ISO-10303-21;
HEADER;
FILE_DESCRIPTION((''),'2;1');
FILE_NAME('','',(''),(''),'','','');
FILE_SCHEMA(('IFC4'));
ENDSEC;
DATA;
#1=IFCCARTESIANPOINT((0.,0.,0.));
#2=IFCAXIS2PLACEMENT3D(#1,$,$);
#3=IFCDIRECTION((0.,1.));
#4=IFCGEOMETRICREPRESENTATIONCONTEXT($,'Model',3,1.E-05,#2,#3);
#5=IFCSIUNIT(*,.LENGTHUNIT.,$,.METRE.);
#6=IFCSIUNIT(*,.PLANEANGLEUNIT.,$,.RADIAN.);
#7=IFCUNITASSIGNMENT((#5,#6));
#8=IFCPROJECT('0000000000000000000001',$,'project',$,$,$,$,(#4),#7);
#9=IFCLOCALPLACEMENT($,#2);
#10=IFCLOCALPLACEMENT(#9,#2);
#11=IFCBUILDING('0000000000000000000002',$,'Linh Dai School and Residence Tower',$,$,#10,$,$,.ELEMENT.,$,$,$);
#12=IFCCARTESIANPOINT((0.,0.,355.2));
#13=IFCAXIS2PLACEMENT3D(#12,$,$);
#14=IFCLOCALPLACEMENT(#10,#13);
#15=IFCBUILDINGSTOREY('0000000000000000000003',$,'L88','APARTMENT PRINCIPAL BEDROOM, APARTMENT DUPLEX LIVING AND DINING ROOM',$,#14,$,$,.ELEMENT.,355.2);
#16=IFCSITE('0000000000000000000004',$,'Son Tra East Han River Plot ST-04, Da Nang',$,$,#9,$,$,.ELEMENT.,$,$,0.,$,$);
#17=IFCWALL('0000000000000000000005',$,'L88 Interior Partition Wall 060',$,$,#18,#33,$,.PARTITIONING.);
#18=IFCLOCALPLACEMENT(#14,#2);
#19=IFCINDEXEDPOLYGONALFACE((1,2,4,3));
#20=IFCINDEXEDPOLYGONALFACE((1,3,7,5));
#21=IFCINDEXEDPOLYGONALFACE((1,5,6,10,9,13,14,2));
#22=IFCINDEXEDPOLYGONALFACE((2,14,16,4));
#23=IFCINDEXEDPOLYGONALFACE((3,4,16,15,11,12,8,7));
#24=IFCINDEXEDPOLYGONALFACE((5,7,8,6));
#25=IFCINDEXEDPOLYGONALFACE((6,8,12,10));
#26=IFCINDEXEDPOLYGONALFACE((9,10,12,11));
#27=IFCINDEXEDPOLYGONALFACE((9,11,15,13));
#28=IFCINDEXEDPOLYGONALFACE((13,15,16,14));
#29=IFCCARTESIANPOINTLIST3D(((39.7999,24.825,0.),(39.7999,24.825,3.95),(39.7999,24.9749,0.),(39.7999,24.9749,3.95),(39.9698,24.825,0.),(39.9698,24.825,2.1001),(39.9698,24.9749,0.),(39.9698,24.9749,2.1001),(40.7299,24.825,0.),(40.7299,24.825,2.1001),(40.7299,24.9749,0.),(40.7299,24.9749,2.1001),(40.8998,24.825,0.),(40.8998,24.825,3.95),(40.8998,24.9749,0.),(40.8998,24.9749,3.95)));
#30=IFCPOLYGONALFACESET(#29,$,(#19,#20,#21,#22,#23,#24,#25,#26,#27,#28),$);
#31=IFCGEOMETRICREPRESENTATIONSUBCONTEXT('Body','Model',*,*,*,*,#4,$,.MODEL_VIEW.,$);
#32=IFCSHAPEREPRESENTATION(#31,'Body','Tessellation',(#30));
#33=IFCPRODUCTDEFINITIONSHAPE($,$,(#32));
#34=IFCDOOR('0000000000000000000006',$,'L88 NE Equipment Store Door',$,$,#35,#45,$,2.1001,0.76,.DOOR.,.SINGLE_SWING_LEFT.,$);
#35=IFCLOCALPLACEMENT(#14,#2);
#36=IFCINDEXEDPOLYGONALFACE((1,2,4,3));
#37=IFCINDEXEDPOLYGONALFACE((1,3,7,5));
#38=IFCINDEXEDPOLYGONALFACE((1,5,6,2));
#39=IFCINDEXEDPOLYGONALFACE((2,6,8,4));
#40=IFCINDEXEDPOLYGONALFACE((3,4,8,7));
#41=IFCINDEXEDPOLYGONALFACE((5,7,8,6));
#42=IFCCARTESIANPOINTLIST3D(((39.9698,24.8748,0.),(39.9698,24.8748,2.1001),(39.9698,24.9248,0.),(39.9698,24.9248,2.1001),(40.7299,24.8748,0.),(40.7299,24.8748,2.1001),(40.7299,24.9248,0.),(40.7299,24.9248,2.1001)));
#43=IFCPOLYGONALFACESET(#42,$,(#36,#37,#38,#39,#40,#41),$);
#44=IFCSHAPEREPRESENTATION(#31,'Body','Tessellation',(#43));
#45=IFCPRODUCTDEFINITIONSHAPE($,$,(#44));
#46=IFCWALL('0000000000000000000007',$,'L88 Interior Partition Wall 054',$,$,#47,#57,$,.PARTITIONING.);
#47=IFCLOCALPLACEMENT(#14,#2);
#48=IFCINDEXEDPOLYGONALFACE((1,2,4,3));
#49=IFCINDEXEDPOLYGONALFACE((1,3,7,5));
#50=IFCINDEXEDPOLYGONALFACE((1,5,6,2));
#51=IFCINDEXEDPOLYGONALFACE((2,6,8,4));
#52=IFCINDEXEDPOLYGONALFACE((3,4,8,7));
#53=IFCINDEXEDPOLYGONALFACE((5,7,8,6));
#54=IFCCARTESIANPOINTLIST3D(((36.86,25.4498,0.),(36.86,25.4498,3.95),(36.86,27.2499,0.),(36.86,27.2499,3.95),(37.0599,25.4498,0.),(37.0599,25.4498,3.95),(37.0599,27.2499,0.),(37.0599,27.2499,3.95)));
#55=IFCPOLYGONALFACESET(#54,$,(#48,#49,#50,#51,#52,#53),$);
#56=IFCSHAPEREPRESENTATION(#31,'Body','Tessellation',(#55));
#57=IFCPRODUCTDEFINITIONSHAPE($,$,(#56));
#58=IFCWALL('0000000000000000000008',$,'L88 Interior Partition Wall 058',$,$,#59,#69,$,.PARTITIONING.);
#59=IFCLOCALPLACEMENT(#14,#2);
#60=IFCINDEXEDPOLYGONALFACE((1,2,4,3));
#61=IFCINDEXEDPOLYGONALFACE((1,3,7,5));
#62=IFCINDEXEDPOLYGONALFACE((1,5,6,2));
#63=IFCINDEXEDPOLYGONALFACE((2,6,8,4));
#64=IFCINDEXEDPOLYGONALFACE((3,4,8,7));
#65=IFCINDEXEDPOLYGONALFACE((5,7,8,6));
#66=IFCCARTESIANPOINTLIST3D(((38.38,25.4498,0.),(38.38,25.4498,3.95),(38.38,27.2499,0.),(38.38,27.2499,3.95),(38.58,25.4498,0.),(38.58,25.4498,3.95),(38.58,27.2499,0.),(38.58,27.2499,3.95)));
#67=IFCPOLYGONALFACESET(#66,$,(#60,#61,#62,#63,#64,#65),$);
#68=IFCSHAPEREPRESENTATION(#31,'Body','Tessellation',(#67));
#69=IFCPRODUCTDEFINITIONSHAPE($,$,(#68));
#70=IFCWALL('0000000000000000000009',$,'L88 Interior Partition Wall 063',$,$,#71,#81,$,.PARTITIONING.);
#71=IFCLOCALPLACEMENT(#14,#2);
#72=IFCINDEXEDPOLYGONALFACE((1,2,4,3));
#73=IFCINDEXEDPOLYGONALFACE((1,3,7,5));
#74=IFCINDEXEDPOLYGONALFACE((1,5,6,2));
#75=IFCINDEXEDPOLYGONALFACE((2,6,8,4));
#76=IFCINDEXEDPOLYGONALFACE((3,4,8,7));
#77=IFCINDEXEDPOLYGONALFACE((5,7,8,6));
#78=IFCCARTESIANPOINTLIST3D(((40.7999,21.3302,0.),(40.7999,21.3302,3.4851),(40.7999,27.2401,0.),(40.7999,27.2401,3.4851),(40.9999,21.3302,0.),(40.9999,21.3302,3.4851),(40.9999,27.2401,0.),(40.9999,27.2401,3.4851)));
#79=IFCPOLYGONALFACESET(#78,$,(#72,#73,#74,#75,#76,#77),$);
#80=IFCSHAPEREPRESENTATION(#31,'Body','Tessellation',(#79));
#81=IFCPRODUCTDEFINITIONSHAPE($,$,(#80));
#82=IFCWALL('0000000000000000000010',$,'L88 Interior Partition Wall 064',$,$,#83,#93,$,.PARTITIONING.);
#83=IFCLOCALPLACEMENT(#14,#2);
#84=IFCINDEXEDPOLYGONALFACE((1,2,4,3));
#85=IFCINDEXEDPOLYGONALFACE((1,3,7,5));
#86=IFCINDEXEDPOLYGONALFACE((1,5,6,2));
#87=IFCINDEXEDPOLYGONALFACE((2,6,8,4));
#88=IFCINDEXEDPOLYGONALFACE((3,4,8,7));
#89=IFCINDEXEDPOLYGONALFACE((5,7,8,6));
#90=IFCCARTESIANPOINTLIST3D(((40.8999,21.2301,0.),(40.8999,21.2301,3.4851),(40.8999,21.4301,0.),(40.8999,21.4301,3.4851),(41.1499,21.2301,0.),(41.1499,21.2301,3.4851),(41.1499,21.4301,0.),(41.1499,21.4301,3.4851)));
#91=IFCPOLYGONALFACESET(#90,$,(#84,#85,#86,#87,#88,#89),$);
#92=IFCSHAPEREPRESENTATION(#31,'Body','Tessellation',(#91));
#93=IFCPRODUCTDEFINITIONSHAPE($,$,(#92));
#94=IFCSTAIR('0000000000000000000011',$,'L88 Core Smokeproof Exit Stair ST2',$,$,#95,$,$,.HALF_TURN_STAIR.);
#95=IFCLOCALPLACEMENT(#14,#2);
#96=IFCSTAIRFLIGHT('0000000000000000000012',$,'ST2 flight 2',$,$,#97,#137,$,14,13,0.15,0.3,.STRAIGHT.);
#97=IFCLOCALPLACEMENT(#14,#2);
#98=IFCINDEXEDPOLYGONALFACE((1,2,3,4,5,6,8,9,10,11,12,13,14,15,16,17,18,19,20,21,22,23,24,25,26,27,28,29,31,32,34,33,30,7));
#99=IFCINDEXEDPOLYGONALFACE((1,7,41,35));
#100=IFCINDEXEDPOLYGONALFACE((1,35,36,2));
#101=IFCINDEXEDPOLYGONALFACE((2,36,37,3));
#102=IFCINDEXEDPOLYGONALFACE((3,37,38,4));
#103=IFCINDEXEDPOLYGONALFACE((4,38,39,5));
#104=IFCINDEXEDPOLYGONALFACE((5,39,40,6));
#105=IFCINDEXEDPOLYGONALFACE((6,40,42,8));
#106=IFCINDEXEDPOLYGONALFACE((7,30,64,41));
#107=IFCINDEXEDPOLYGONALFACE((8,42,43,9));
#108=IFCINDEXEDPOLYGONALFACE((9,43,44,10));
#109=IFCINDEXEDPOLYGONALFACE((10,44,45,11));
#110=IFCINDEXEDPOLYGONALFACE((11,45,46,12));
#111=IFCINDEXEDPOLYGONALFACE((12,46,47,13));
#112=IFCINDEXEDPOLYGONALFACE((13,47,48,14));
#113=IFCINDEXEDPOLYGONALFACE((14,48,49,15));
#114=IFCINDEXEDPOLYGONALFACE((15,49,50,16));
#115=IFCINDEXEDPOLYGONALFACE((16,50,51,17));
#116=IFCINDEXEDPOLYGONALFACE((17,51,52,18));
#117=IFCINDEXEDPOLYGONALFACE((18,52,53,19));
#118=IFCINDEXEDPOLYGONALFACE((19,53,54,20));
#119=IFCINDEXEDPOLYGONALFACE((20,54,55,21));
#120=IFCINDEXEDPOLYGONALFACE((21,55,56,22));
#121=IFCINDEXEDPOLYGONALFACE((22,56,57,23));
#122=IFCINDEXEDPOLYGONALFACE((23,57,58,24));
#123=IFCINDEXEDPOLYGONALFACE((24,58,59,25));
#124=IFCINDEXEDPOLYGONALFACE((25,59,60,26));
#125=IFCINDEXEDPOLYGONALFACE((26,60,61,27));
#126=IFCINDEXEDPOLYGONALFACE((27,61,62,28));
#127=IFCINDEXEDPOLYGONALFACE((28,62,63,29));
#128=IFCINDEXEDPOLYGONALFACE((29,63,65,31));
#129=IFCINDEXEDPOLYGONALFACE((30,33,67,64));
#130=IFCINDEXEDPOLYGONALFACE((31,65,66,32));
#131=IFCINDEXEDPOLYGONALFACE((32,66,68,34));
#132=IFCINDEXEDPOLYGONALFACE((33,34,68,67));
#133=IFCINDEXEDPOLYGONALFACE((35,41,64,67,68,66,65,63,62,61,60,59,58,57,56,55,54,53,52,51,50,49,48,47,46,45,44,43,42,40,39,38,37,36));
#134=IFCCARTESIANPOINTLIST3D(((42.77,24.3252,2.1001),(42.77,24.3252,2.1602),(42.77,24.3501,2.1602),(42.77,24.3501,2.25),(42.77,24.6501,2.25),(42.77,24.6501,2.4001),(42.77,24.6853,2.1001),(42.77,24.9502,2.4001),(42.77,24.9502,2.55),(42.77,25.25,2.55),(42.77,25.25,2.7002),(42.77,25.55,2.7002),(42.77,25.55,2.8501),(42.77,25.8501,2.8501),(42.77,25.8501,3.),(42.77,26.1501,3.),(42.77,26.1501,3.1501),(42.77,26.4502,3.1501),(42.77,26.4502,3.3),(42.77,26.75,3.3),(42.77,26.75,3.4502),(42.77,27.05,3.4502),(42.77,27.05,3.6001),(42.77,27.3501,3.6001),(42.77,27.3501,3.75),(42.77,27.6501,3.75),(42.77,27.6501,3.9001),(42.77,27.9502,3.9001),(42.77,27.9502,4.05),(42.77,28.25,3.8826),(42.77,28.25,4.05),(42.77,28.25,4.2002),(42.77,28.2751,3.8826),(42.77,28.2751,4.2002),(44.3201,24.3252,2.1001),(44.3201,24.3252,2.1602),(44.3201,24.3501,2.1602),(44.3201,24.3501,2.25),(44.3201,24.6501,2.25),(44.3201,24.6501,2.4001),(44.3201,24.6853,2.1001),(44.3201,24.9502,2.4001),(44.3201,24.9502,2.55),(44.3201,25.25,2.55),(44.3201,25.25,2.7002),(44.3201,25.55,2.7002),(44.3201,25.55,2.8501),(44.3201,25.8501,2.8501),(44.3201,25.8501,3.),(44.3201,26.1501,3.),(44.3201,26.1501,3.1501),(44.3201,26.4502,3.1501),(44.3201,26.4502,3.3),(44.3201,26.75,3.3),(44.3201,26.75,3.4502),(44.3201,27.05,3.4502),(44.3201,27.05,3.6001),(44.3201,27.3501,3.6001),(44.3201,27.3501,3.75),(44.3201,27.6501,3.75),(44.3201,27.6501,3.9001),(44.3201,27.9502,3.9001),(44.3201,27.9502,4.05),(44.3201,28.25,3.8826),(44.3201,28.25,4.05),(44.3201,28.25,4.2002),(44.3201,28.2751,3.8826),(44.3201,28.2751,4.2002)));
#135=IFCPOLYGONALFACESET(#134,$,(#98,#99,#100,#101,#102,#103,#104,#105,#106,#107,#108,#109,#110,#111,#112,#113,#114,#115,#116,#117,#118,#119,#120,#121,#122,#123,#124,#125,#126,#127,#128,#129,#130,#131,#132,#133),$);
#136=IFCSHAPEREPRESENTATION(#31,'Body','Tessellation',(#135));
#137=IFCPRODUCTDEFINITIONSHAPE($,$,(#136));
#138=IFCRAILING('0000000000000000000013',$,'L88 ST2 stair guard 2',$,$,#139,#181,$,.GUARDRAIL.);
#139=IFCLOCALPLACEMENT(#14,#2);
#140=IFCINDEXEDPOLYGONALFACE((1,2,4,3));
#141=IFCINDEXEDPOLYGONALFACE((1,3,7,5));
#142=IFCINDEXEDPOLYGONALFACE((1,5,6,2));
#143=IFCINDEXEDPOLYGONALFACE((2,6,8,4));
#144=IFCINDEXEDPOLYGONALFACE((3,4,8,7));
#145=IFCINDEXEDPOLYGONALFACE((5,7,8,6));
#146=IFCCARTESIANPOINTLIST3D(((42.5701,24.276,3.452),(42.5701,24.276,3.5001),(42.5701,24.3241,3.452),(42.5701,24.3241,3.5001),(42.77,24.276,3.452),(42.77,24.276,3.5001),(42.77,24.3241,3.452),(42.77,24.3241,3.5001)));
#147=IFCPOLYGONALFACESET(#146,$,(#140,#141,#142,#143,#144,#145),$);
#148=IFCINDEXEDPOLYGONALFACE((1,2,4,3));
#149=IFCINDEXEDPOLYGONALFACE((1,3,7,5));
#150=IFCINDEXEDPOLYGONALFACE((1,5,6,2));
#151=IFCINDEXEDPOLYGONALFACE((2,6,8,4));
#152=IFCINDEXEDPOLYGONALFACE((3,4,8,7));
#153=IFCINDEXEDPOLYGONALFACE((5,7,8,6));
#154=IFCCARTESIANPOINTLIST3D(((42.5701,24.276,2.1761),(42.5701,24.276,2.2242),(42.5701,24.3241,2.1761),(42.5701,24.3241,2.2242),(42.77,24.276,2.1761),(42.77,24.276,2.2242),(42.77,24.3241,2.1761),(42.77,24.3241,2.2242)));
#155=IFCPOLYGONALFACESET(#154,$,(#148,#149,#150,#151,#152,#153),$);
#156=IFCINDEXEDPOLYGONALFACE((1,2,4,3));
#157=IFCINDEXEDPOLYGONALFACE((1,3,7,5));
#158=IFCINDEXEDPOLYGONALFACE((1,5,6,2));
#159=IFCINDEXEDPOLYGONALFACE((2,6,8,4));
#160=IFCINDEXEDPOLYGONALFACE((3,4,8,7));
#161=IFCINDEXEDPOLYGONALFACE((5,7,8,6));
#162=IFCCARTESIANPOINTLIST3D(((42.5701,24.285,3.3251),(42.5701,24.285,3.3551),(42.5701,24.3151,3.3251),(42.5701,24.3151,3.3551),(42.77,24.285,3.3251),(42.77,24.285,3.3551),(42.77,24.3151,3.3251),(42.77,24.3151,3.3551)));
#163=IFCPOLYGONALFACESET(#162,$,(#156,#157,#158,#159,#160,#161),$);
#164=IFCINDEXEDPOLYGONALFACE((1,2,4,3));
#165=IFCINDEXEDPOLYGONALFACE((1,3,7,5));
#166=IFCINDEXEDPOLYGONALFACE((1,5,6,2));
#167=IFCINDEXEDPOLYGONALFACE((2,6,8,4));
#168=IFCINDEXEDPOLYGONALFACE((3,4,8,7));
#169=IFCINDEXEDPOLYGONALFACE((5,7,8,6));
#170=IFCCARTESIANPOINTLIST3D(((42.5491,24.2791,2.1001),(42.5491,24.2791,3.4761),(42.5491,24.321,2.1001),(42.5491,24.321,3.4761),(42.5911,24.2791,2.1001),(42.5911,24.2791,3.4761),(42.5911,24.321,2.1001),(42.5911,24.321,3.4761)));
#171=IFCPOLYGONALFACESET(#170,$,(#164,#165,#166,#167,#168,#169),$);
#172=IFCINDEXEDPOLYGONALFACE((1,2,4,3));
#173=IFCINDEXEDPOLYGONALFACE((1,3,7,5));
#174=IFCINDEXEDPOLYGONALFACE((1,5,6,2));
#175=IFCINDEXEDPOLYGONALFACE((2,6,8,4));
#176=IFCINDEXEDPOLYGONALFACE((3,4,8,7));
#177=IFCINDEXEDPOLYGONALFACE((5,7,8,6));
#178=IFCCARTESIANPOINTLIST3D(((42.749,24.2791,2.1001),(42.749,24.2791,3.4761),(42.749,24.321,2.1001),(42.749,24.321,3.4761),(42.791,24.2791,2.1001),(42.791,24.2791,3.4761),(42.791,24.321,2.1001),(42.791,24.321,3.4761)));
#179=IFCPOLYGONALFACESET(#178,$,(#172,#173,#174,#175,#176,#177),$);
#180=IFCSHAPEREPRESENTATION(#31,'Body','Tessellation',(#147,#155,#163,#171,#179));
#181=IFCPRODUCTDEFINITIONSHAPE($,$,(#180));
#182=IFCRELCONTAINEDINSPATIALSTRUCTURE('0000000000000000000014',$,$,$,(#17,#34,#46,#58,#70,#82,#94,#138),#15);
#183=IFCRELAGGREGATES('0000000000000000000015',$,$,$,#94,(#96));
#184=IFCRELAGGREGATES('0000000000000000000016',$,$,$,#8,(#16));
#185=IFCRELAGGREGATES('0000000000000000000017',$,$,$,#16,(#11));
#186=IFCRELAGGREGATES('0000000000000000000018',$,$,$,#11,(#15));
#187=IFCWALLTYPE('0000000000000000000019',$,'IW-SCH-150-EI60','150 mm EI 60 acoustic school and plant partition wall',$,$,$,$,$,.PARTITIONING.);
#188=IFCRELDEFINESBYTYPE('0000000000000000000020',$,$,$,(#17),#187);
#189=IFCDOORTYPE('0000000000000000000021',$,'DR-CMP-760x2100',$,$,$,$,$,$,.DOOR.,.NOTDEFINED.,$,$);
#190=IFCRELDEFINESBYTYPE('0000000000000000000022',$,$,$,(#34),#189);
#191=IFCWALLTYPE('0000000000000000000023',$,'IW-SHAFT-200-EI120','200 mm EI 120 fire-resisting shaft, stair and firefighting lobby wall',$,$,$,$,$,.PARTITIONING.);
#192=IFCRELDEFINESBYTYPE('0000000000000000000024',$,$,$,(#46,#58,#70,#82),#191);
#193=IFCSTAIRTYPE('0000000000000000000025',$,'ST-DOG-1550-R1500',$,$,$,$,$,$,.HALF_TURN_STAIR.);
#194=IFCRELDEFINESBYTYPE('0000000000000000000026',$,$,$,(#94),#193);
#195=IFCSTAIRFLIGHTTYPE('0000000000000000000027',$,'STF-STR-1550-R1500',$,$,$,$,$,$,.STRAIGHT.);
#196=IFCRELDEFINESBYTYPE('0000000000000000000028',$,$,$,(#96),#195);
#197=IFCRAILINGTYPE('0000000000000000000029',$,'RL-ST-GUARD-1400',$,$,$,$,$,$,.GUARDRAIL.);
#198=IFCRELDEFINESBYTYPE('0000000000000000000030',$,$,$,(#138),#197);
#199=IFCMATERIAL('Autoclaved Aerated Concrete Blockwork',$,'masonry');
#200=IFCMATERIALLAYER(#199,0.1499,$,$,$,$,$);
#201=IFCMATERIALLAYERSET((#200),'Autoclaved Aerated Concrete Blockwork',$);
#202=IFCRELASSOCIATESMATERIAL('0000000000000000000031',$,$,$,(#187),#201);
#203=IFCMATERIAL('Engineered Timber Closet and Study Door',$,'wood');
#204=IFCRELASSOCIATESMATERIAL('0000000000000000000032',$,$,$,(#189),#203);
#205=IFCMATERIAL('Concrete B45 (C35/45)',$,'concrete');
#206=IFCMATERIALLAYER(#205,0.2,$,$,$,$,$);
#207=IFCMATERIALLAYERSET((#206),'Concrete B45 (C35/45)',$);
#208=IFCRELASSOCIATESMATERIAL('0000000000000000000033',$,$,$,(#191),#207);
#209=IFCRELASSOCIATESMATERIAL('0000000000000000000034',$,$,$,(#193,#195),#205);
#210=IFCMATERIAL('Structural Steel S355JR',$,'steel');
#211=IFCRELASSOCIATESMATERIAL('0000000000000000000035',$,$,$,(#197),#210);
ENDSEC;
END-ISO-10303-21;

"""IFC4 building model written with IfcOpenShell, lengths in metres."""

from ifc_helpers import new_model, si_unit, direction, frame, frame_2d, origin, origin_2d, place, context, subcontext, project, spatial, polyline, rectangle, outline, extrude, source, transform, mapped, material, layer, layer_set, type_object, element, fill, aggregate, save


model = new_model("IFC4")

# Units and contexts
model_context = context("Model", 3, precision=1e-05, world=origin(), true_north=direction((0.0, 1.0)))
body_context = subcontext(model_context, "Body", "Model", "MODEL_VIEW")
ifc_project = project(units=[si_unit("LENGTHUNIT", "METRE"), si_unit("PLANEANGLEUNIT", "RADIAN")], contexts=[model_context])

# Site, building, storey
site_placement = place(None, origin())
site = spatial("IfcSite", under=ifc_project, at=site_placement, Name="Son Tra East Han River Plot ST-04, Da Nang", CompositionType="ELEMENT", RefElevation=0.0)
building_placement = place(site_placement, origin())
building = spatial("IfcBuilding", under=site, at=building_placement, Name="Linh Dai School and Residence Tower", CompositionType="ELEMENT")
storey_placement = place(building_placement, frame((0.0, 0.0, 355.2)))
storey = spatial("IfcBuildingStorey", under=building, at=storey_placement, Name="L88", Description="APARTMENT PRINCIPAL BEDROOM, APARTMENT DUPLEX LIVING AND DINING ROOM", CompositionType="ELEMENT", Elevation=355.2)

# Shared definitions
ifc_material_1 = material(Name="Structural Steel S355JR", Category="steel")

# Shared definitions
ifc_material_2 = material(Name="Autoclaved Aerated Concrete Blockwork", Category="masonry")

# Wall, opening, door
ifc_layer_1 = layer(ifc_material_2, 0.1499)
ifc_layer_set_1 = layer_set([ifc_layer_1], Name="Autoclaved Aerated Concrete Blockwork")
wall_type_1 = type_object("IfcWallType", Name="IW-SCH-150-EI60", Description="150 mm EI 60 acoustic school and plant partition wall", PredefinedType="PARTITIONING", material=ifc_layer_set_1)
wall_1_placement = place(storey_placement, frame((39.8, 24.8999, 0.0), z_axis=(0.0, 0.0, 1.0), x_axis=(1.0, 0.0, 0.0)))
wall_1 = element("IfcWall", 1, at=wall_1_placement, inside=storey, type_object=wall_type_1, Name="L88 Interior Partition Wall 060", PredefinedType="PARTITIONING", context=body_context, shape_type="SweptSolid", body=[
    extrude(rectangle(XDim=1.0999, YDim=0.1499, at=frame_2d((0.5498, 0.0))), origin(), (0.0, 0.0, 1.0), 3.95),
])
opening_1_placement = place(wall_1_placement, frame((0.1699, 0.0, 0.0)))
opening_1 = element("IfcOpeningElement", 2, at=opening_1_placement, cuts=wall_1, PredefinedType="OPENING", context=body_context, shape_type="SweptSolid", body=[
    extrude(rectangle(XDim=0.76, YDim=2.1001, at=origin_2d()), frame((0.3799, 0.085, 1.05), z_axis=(0.0, -1.0, 0.0), x_axis=(1.0, 0.0, 0.0)), (0.0, 0.0, 1.0), 0.1699),
])
ifc_material_3 = material(Name="Engineered Timber Closet and Study Door", Category="wood")
door_type_1 = type_object("IfcDoorType", Name="DR-CMP-760x2100", OperationType="NOTDEFINED", PredefinedType="DOOR", material=ifc_material_3)
shared_shape_1 = source(origin(), body_context, "Body", "SweptSolid", [
    extrude(rectangle(XDim=0.76, YDim=2.1001, at=origin_2d()), frame((0.3799, 0.0249, 1.05), z_axis=(0.0, -1.0, 0.0), x_axis=(1.0, 0.0, 0.0)), (0.0, 0.0, 1.0), 0.05),
])
door_1_placement = place(opening_1_placement, origin())
door_1 = element("IfcDoor", 3, at=door_1_placement, inside=storey, type_object=door_type_1, Name="L88 NE Equipment Store Door", OperationType="SINGLE_SWING_LEFT", OverallHeight=2.1001, OverallWidth=0.76, PredefinedType="DOOR", context=body_context, shape_type="MappedRepresentation", body=[
    mapped(shared_shape_1, transform((0.0, 0.0, 0.0), x_axis=(1.0, 0.0, 0.0), y_axis=(0.0, 1.0, 0.0), z_axis=(0.0, 0.0, 1.0), scale=1.0)),
])
fill(opening_1, door_1)

# Shared definitions
ifc_material_4 = material(Name="Concrete B45 (C35/45)", Category="concrete")
ifc_layer_2 = layer(ifc_material_4, 0.2)
ifc_layer_set_2 = layer_set([ifc_layer_2], Name="Concrete B45 (C35/45)")
wall_type_2 = type_object("IfcWallType", Name="IW-SHAFT-200-EI120", Description="200 mm EI 120 fire-resisting shaft, stair and firefighting lobby wall", PredefinedType="PARTITIONING", material=ifc_layer_set_2)

# Walls
for number, where, z_axis, x_axis, name in (
    (4, (36.96, 25.45, 0.0), (0.0, 0.0, 1.0), (0.0, 1.0, 0.0), "L88 Interior Partition Wall 054"),
    (5, (38.48, 25.45, 0.0), (0.0, 0.0, 1.0), (0.0, 1.0, 0.0), "L88 Interior Partition Wall 058"),
):
    element("IfcWall", number, at=place(storey_placement, frame(where, z_axis=z_axis, x_axis=x_axis)), inside=storey, type_object=wall_type_2, Name=name, PredefinedType="PARTITIONING", context=body_context, shape_type="SweptSolid", body=[
        extrude(rectangle(XDim=1.8, YDim=0.2, at=frame_2d((0.8999, 0.0))), origin(), (0.0, 0.0, 1.0), 3.95),
    ])
wall_2_placement = place(storey_placement, frame((40.8999, 21.3301, 0.0), z_axis=(0.0, 0.0, 1.0), x_axis=(0.0, 1.0, 0.0)))
element("IfcWall", 6, at=wall_2_placement, inside=storey, type_object=wall_type_2, Name="L88 Interior Partition Wall 063", PredefinedType="PARTITIONING", context=body_context, shape_type="SweptSolid", body=[
    extrude(rectangle(XDim=5.9099, YDim=0.2, at=frame_2d((2.9551, 0.0))), origin(), (0.0, 0.0, 1.0), 3.4851),
])
wall_3_placement = place(storey_placement, frame((40.8999, 21.3301, 0.0), z_axis=(0.0, 0.0, 1.0), x_axis=(1.0, 0.0, 0.0)))
element("IfcWall", 7, at=wall_3_placement, inside=storey, type_object=wall_type_2, Name="L88 Interior Partition Wall 064", PredefinedType="PARTITIONING", context=body_context, shape_type="SweptSolid", body=[
    extrude(rectangle(XDim=0.25, YDim=0.2, at=frame_2d((0.125, 0.0))), origin(), (0.0, 0.0, 1.0), 3.4851),
])

# Stair, stair flight
stair_type = type_object("IfcStairType", Name="ST-DOG-1550-R1500", PredefinedType="HALF_TURN_STAIR", material=ifc_material_4)
stair_placement = place(storey_placement, origin())
stair = element("IfcStair", 8, at=stair_placement, inside=storey, type_object=stair_type, Name="L88 Core Smokeproof Exit Stair ST2", PredefinedType="HALF_TURN_STAIR")
stair_flight_type = type_object("IfcStairFlightType", Name="STF-STR-1550-R1500", PredefinedType="STRAIGHT", material=ifc_material_4)
shared_shape_2 = source(origin(), body_context, "Body", "SweptSolid", [
    extrude(outline(polyline([(-0.0249, 0.0), (-0.0249, 0.0601), (0.0, 0.0601), (0.0, 0.1499), (0.3, 0.1499), (0.3, 0.3), (0.6001, 0.3), (0.6001, 0.45), (0.8999, 0.45), (0.8999, 0.6001), (1.2, 0.6001), (1.2, 0.75), (1.5, 0.75), (1.5, 0.8999), (1.8, 0.8999), (1.8, 1.05), (2.1001, 1.05), (2.1001, 1.2), (2.3999, 1.2), (2.3999, 1.3501), (2.7, 1.3501), (2.7, 1.5), (3.0, 1.5), (3.0, 1.6499), (3.3, 1.6499), (3.3, 1.8), (3.6001, 1.8), (3.6001, 1.95), (3.8999, 1.95), (3.8999, 2.1001), (3.925, 2.1001), (3.925, 1.7825), (3.8999, 1.7825), (0.3352, 0.0), (-0.0249, 0.0)])), frame((0.0, 0.7749, 0.0), z_axis=(0.0, -1.0, 0.0), x_axis=(1.0, 0.0, 0.0)), (0.0, 0.0, 1.0), 1.55),
])
stair_flight_placement = place(storey_placement, frame((43.5449, 24.3501, 2.1001), z_axis=(0.0, 0.0, 1.0), x_axis=(0.0, 1.0, 0.0)))
stair_flight = element("IfcStairFlight", 9, at=stair_flight_placement, type_object=stair_flight_type, Name="ST2 flight 2", NumberOfRisers=14, NumberOfTreads=13, PredefinedType="STRAIGHT", RiserHeight=0.15, TreadLength=0.3, context=body_context, shape_type="MappedRepresentation", body=[
    mapped(shared_shape_2, transform((0.0, 0.0, 0.0), x_axis=(1.0, 0.0, 0.0), y_axis=(0.0, 1.0, 0.0), z_axis=(0.0, 0.0, 1.0), scale=1.0)),
])
aggregate(stair, [stair_flight])

# Railing
railing_type = type_object("IfcRailingType", Name="RL-ST-GUARD-1400", PredefinedType="GUARDRAIL", material=ifc_material_1)
shared_shape_3 = source(origin(), body_context, "Body", "SweptSolid", [
    extrude(rectangle(XDim=0.0481, YDim=0.0481, at=origin_2d()), frame((0.0, 0.0, 1.376), z_axis=(1.0, 0.0, 0.0), x_axis=(0.0, 1.0, 0.0)), (0.0, 0.0, 1.0), 0.2),
    extrude(rectangle(XDim=0.0481, YDim=0.0481, at=origin_2d()), frame((0.0, 0.0, 0.1001), z_axis=(1.0, 0.0, 0.0), x_axis=(0.0, 1.0, 0.0)), (0.0, 0.0, 1.0), 0.2),
    extrude(rectangle(XDim=0.03, YDim=0.03, at=origin_2d()), frame((0.0, 0.0, 1.24), z_axis=(1.0, 0.0, 0.0), x_axis=(0.0, 1.0, 0.0)), (0.0, 0.0, 1.0), 0.2),
    extrude(rectangle(XDim=0.042, YDim=0.042, at=origin_2d()), origin(), (0.0, 0.0, 1.0), 1.376),
    extrude(rectangle(XDim=0.042, YDim=0.042, at=origin_2d()), frame((0.2, 0.0, 0.0)), (0.0, 0.0, 1.0), 1.376),
])
railing_1_placement = place(storey_placement, frame((42.5701, 24.3, 2.1001)))
element("IfcRailing", 10, at=railing_1_placement, inside=storey, type_object=railing_type, Name="L88 ST2 stair guard 2", PredefinedType="GUARDRAIL", context=body_context, shape_type="MappedRepresentation", body=[
    mapped(shared_shape_3, transform((0.0, 0.0, 0.0), x_axis=(1.0, 0.0, 0.0), y_axis=(0.0, 1.0, 0.0), z_axis=(0.0, 0.0, 1.0), scale=1.0)),
])

save(model, "model.ifc")
